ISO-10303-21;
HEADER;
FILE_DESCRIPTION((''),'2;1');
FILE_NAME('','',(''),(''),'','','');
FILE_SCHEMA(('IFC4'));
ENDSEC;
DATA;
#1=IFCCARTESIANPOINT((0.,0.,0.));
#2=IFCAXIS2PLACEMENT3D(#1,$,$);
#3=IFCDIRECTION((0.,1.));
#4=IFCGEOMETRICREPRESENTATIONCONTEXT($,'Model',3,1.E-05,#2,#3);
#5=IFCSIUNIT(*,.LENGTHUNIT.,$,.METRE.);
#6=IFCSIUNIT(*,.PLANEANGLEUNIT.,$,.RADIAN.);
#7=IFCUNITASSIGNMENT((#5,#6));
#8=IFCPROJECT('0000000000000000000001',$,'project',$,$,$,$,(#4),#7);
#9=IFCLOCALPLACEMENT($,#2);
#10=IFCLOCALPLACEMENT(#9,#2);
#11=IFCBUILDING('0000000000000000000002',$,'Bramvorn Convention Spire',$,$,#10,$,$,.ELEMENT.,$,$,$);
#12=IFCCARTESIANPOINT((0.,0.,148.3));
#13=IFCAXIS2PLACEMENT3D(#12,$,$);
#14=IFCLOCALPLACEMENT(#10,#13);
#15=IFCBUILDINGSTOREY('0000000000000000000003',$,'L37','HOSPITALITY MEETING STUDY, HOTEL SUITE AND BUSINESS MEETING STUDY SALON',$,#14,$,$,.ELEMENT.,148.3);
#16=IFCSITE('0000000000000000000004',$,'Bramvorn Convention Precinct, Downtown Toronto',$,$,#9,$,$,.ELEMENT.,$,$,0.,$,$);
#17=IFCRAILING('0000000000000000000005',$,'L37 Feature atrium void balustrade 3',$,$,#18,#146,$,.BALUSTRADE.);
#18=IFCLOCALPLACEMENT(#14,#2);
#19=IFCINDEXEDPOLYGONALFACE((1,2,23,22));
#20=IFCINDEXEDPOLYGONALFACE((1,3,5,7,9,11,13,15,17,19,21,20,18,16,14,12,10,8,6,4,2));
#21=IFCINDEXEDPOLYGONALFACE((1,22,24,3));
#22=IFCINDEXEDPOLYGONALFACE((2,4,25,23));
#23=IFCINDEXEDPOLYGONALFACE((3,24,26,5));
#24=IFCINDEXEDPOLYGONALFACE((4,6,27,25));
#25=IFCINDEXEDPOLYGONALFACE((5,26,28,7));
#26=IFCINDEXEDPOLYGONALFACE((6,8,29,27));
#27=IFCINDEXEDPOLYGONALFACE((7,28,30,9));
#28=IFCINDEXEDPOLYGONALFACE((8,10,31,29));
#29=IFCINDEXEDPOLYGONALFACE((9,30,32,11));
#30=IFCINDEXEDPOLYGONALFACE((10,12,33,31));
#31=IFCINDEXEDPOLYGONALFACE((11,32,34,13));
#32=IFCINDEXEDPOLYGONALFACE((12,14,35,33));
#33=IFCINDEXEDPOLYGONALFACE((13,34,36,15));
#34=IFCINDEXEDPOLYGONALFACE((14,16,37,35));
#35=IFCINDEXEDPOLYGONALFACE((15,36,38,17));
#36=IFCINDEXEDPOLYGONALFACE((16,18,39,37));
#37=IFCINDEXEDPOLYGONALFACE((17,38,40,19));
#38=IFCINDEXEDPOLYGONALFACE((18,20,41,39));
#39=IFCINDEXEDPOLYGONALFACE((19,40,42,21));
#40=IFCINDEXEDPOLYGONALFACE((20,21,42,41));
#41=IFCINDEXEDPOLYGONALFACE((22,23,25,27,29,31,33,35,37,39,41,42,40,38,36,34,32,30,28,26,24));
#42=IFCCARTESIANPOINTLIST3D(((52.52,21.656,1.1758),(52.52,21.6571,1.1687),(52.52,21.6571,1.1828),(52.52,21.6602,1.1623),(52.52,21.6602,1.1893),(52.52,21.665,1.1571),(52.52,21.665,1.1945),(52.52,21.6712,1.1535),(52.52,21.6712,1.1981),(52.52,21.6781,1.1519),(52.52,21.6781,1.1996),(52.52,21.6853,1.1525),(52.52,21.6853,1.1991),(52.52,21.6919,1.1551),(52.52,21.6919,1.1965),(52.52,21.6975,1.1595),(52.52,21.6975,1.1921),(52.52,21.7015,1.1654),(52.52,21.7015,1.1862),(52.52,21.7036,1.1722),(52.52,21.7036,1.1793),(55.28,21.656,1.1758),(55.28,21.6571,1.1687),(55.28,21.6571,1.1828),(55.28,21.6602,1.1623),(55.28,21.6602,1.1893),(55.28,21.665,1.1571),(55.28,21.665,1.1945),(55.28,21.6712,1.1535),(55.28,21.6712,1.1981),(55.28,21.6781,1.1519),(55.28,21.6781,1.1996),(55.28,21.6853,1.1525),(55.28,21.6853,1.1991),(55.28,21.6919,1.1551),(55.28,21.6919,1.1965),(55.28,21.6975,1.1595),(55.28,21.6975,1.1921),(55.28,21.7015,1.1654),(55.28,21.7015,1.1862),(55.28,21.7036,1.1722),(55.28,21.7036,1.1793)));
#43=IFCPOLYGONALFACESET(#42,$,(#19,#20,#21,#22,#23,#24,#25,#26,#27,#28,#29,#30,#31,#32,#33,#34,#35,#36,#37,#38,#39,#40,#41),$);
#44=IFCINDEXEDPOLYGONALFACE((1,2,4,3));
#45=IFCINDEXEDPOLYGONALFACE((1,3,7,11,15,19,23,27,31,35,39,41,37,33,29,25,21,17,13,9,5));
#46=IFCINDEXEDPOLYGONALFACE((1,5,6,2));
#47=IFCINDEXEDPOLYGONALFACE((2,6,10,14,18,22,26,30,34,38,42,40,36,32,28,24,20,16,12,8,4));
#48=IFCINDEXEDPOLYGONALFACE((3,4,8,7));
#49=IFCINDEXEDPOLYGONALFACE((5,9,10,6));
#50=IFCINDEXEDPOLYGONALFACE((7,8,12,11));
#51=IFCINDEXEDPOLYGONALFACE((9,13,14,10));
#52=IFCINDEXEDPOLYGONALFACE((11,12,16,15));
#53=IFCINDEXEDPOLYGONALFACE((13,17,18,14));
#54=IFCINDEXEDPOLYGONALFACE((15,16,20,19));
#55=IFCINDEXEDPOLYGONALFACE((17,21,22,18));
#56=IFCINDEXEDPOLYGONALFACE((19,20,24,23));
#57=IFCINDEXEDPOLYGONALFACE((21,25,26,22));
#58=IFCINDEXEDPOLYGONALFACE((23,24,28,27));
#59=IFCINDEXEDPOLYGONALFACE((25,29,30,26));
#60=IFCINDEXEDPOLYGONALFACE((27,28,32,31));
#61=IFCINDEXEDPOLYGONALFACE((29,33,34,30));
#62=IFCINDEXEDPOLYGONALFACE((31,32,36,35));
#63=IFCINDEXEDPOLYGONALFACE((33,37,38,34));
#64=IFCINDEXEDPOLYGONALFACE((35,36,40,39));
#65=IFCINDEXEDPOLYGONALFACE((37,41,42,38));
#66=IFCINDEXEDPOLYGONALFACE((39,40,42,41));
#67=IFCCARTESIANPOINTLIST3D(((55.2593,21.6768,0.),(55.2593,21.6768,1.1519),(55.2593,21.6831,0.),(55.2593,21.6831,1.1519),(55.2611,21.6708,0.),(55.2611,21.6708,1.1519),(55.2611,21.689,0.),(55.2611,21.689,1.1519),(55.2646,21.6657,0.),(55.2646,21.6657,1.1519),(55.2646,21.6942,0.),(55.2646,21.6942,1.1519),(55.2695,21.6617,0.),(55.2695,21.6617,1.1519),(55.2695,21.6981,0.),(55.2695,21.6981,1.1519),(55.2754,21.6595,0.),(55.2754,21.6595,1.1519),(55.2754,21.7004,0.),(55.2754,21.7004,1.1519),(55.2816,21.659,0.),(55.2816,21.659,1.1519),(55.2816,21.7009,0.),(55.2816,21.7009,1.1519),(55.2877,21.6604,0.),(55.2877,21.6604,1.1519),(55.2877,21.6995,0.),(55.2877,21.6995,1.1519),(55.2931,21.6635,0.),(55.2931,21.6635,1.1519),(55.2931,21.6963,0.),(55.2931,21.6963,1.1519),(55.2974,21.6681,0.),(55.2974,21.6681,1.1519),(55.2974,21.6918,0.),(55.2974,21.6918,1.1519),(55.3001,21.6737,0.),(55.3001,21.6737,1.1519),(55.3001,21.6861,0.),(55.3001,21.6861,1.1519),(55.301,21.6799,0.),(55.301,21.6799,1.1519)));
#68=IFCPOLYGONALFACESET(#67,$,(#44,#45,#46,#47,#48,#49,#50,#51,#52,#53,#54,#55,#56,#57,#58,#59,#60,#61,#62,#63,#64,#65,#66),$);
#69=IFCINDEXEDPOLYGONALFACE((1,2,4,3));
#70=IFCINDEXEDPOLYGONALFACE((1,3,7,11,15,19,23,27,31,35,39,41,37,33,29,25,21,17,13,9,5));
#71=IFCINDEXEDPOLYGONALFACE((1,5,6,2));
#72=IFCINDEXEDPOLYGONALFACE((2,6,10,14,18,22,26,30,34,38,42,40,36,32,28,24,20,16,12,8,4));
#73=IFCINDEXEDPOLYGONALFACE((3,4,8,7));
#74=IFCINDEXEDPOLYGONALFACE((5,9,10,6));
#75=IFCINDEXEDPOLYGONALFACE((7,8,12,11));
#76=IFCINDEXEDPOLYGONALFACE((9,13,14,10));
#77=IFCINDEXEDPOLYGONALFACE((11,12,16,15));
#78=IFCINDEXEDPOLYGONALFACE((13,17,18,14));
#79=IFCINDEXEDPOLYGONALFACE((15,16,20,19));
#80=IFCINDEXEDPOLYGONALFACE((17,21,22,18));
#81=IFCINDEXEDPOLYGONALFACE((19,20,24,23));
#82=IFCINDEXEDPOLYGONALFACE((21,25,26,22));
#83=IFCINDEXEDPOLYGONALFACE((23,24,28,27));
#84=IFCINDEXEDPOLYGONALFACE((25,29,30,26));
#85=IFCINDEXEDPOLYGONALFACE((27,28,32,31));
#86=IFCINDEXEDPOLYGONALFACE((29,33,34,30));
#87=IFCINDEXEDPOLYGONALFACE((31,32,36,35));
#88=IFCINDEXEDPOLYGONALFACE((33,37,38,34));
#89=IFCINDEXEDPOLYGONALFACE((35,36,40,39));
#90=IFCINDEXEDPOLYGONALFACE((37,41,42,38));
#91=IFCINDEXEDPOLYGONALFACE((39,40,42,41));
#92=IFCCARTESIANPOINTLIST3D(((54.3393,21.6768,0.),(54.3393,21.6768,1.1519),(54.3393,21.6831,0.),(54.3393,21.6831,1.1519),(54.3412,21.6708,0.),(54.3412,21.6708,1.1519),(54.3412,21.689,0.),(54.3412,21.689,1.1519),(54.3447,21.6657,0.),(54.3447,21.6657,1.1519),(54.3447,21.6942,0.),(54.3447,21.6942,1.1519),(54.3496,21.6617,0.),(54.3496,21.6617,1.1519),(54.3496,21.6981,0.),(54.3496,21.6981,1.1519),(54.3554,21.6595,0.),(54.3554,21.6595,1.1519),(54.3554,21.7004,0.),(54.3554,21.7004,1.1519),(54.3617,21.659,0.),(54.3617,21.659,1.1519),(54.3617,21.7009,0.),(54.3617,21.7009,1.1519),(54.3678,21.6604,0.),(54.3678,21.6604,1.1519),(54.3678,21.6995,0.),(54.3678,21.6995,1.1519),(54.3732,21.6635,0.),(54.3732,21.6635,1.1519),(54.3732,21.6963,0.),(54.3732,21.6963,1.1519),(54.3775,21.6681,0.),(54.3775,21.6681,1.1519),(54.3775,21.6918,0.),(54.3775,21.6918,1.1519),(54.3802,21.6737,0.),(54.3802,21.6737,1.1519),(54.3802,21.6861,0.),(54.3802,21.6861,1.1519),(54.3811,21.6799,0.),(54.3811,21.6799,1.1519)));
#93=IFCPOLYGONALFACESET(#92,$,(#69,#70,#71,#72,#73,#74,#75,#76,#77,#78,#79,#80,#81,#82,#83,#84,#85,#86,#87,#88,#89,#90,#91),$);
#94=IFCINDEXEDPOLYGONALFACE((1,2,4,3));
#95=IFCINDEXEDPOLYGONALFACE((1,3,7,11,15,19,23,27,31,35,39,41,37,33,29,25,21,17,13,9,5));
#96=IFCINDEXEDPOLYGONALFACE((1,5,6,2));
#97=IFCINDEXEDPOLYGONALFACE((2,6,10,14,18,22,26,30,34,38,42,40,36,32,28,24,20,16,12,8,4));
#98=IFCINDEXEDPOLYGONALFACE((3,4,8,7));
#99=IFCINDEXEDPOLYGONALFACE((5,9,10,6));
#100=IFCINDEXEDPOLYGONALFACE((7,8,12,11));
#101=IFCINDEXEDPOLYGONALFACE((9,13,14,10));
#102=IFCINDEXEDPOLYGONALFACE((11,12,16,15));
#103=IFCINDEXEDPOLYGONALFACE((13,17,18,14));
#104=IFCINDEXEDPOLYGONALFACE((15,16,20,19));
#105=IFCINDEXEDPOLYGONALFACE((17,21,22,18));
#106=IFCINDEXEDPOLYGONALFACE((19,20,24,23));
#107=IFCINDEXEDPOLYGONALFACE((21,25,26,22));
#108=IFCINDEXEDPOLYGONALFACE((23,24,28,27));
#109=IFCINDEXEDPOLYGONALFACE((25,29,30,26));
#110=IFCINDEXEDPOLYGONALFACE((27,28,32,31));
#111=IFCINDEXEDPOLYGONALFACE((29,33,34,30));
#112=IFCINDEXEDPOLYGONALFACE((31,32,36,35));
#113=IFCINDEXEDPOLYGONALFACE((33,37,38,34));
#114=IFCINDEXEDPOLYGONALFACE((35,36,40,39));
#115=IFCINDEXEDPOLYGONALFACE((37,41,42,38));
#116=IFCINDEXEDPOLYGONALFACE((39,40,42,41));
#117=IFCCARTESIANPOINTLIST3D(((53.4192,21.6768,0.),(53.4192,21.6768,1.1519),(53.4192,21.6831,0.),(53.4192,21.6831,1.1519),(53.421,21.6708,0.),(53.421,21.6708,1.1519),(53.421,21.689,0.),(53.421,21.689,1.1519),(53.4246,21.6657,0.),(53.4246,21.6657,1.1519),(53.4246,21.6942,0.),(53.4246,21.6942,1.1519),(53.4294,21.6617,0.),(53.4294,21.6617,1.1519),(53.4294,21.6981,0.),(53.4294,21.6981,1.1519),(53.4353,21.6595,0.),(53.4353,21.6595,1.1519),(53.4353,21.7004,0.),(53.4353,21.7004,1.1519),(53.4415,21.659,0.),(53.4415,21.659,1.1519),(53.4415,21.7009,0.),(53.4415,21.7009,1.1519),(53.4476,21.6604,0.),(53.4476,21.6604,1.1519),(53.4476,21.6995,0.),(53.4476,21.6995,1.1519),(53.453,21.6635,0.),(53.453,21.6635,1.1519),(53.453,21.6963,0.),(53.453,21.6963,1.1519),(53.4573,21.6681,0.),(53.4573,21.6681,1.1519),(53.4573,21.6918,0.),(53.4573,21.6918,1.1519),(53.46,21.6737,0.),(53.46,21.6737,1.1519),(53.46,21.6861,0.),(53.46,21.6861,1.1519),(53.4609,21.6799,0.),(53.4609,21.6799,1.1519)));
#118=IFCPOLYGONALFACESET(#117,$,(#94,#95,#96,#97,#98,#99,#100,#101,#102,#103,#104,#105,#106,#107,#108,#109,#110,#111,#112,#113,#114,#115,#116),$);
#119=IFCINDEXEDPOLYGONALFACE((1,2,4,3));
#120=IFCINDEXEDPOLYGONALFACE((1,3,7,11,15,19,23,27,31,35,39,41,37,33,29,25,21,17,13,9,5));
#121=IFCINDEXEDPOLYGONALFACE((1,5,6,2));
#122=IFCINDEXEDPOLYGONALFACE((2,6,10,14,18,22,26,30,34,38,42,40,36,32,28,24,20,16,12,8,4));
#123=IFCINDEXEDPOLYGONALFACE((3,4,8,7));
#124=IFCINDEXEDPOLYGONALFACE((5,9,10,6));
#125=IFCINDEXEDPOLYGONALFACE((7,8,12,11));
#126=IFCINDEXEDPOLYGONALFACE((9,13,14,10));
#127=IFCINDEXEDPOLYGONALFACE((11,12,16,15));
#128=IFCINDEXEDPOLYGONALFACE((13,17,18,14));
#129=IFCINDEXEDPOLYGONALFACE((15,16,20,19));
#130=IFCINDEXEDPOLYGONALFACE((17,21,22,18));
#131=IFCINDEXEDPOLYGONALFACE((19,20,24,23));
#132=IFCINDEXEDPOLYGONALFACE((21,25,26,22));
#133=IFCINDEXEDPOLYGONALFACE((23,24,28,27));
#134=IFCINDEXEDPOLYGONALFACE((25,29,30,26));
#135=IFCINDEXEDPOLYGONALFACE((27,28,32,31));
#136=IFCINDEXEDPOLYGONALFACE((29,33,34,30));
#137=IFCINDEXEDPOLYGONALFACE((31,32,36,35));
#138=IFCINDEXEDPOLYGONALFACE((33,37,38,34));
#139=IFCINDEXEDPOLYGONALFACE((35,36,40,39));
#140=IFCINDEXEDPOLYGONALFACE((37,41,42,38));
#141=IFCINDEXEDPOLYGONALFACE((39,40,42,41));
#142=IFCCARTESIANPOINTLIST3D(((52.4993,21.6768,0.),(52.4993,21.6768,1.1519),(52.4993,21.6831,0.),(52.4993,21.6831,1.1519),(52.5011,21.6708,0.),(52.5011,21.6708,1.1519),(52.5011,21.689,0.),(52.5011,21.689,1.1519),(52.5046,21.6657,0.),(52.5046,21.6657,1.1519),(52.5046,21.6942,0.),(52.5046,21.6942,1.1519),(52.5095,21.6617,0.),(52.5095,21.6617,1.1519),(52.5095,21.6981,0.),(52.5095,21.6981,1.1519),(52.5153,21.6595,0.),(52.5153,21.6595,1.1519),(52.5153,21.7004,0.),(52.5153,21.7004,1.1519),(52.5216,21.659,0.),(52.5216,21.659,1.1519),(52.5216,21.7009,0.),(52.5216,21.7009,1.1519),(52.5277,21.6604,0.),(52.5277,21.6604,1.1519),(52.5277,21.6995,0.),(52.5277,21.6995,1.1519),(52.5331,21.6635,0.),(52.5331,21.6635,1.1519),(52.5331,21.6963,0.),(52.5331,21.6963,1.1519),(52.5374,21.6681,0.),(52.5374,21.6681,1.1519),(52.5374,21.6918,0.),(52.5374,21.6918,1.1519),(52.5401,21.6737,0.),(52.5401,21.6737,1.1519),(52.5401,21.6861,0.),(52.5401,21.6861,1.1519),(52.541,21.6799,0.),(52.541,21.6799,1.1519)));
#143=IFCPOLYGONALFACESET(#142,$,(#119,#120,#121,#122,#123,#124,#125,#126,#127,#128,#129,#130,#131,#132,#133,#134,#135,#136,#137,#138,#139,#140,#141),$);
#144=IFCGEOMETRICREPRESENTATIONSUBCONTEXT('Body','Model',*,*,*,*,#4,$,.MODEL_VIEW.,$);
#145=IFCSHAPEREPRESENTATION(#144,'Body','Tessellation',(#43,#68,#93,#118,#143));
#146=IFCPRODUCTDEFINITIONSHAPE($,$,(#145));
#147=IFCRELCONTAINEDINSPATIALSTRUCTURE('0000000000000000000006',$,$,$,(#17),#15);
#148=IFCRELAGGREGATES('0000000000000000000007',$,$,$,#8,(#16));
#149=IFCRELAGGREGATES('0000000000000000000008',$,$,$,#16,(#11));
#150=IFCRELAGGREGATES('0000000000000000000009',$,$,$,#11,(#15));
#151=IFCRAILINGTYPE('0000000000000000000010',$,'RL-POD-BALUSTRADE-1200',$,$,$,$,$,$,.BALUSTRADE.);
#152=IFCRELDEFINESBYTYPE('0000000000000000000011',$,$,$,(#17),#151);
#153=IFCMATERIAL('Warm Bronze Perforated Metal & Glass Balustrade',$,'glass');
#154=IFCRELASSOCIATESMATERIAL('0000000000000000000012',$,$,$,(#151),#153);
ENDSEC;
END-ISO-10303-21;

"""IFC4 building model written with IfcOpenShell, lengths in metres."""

from ifc_helpers import new_model, si_unit, direction, frame, origin, origin_2d, place, context, subcontext, project, spatial, circle, extrude, material, type_object, element, save


model = new_model("IFC4")

# Units and contexts
model_context = context("Model", 3, precision=1e-05, world=origin(), true_north=direction((0.0, 1.0)))
body_context = subcontext(model_context, "Body", "Model", "MODEL_VIEW")
ifc_project = project(units=[si_unit("LENGTHUNIT", "METRE"), si_unit("PLANEANGLEUNIT", "RADIAN")], contexts=[model_context])

# Site, building, storey
site_placement = place(None, origin())
site = spatial("IfcSite", under=ifc_project, at=site_placement, Name="Bramvorn Convention Precinct, Downtown Toronto", CompositionType="ELEMENT", RefElevation=0.0)
building_placement = place(site_placement, origin())
building = spatial("IfcBuilding", under=site, at=building_placement, Name="Bramvorn Convention Spire", CompositionType="ELEMENT")
storey_placement = place(building_placement, frame((0.0, 0.0, 148.3)))
storey = spatial("IfcBuildingStorey", under=building, at=storey_placement, Name="L37", Description="HOSPITALITY MEETING STUDY, HOTEL SUITE AND BUSINESS MEETING STUDY SALON", CompositionType="ELEMENT", Elevation=148.3)

# Railing
ifc_material_1 = material(Name="Warm Bronze Perforated Metal & Glass Balustrade", Category="glass")
railing_type = type_object("IfcRailingType", Name="RL-POD-BALUSTRADE-1200", PredefinedType="BALUSTRADE", material=ifc_material_1)
railing_1_placement = place(storey_placement, frame((55.28, 21.6799, 0.0)))
element("IfcRailing", 1, at=railing_1_placement, inside=storey, type_object=railing_type, Name="L37 Feature atrium void balustrade 3", PredefinedType="BALUSTRADE", context=body_context, shape_type="SweptSolid", body=[
    extrude(circle(Radius=0.0239, at=origin_2d()), frame((0.0, 0.0, 1.1758), z_axis=(-1.0, 0.0, 0.0), x_axis=(0.0, -1.0, 0.0)), (0.0, 0.0, 1.0), 2.76),
    extrude(circle(Radius=0.021, at=origin_2d()), origin(), (0.0, 0.0, 1.0), 1.1519),
    extrude(circle(Radius=0.021, at=origin_2d()), frame((-0.9199, 0.0, 0.0)), (0.0, 0.0, 1.0), 1.1519),
    extrude(circle(Radius=0.021, at=origin_2d()), frame((-1.8401, 0.0, 0.0)), (0.0, 0.0, 1.0), 1.1519),
    extrude(circle(Radius=0.021, at=origin_2d()), frame((-2.76, 0.0, 0.0)), (0.0, 0.0, 1.0), 1.1519),
])

save(model, "model.ifc")
